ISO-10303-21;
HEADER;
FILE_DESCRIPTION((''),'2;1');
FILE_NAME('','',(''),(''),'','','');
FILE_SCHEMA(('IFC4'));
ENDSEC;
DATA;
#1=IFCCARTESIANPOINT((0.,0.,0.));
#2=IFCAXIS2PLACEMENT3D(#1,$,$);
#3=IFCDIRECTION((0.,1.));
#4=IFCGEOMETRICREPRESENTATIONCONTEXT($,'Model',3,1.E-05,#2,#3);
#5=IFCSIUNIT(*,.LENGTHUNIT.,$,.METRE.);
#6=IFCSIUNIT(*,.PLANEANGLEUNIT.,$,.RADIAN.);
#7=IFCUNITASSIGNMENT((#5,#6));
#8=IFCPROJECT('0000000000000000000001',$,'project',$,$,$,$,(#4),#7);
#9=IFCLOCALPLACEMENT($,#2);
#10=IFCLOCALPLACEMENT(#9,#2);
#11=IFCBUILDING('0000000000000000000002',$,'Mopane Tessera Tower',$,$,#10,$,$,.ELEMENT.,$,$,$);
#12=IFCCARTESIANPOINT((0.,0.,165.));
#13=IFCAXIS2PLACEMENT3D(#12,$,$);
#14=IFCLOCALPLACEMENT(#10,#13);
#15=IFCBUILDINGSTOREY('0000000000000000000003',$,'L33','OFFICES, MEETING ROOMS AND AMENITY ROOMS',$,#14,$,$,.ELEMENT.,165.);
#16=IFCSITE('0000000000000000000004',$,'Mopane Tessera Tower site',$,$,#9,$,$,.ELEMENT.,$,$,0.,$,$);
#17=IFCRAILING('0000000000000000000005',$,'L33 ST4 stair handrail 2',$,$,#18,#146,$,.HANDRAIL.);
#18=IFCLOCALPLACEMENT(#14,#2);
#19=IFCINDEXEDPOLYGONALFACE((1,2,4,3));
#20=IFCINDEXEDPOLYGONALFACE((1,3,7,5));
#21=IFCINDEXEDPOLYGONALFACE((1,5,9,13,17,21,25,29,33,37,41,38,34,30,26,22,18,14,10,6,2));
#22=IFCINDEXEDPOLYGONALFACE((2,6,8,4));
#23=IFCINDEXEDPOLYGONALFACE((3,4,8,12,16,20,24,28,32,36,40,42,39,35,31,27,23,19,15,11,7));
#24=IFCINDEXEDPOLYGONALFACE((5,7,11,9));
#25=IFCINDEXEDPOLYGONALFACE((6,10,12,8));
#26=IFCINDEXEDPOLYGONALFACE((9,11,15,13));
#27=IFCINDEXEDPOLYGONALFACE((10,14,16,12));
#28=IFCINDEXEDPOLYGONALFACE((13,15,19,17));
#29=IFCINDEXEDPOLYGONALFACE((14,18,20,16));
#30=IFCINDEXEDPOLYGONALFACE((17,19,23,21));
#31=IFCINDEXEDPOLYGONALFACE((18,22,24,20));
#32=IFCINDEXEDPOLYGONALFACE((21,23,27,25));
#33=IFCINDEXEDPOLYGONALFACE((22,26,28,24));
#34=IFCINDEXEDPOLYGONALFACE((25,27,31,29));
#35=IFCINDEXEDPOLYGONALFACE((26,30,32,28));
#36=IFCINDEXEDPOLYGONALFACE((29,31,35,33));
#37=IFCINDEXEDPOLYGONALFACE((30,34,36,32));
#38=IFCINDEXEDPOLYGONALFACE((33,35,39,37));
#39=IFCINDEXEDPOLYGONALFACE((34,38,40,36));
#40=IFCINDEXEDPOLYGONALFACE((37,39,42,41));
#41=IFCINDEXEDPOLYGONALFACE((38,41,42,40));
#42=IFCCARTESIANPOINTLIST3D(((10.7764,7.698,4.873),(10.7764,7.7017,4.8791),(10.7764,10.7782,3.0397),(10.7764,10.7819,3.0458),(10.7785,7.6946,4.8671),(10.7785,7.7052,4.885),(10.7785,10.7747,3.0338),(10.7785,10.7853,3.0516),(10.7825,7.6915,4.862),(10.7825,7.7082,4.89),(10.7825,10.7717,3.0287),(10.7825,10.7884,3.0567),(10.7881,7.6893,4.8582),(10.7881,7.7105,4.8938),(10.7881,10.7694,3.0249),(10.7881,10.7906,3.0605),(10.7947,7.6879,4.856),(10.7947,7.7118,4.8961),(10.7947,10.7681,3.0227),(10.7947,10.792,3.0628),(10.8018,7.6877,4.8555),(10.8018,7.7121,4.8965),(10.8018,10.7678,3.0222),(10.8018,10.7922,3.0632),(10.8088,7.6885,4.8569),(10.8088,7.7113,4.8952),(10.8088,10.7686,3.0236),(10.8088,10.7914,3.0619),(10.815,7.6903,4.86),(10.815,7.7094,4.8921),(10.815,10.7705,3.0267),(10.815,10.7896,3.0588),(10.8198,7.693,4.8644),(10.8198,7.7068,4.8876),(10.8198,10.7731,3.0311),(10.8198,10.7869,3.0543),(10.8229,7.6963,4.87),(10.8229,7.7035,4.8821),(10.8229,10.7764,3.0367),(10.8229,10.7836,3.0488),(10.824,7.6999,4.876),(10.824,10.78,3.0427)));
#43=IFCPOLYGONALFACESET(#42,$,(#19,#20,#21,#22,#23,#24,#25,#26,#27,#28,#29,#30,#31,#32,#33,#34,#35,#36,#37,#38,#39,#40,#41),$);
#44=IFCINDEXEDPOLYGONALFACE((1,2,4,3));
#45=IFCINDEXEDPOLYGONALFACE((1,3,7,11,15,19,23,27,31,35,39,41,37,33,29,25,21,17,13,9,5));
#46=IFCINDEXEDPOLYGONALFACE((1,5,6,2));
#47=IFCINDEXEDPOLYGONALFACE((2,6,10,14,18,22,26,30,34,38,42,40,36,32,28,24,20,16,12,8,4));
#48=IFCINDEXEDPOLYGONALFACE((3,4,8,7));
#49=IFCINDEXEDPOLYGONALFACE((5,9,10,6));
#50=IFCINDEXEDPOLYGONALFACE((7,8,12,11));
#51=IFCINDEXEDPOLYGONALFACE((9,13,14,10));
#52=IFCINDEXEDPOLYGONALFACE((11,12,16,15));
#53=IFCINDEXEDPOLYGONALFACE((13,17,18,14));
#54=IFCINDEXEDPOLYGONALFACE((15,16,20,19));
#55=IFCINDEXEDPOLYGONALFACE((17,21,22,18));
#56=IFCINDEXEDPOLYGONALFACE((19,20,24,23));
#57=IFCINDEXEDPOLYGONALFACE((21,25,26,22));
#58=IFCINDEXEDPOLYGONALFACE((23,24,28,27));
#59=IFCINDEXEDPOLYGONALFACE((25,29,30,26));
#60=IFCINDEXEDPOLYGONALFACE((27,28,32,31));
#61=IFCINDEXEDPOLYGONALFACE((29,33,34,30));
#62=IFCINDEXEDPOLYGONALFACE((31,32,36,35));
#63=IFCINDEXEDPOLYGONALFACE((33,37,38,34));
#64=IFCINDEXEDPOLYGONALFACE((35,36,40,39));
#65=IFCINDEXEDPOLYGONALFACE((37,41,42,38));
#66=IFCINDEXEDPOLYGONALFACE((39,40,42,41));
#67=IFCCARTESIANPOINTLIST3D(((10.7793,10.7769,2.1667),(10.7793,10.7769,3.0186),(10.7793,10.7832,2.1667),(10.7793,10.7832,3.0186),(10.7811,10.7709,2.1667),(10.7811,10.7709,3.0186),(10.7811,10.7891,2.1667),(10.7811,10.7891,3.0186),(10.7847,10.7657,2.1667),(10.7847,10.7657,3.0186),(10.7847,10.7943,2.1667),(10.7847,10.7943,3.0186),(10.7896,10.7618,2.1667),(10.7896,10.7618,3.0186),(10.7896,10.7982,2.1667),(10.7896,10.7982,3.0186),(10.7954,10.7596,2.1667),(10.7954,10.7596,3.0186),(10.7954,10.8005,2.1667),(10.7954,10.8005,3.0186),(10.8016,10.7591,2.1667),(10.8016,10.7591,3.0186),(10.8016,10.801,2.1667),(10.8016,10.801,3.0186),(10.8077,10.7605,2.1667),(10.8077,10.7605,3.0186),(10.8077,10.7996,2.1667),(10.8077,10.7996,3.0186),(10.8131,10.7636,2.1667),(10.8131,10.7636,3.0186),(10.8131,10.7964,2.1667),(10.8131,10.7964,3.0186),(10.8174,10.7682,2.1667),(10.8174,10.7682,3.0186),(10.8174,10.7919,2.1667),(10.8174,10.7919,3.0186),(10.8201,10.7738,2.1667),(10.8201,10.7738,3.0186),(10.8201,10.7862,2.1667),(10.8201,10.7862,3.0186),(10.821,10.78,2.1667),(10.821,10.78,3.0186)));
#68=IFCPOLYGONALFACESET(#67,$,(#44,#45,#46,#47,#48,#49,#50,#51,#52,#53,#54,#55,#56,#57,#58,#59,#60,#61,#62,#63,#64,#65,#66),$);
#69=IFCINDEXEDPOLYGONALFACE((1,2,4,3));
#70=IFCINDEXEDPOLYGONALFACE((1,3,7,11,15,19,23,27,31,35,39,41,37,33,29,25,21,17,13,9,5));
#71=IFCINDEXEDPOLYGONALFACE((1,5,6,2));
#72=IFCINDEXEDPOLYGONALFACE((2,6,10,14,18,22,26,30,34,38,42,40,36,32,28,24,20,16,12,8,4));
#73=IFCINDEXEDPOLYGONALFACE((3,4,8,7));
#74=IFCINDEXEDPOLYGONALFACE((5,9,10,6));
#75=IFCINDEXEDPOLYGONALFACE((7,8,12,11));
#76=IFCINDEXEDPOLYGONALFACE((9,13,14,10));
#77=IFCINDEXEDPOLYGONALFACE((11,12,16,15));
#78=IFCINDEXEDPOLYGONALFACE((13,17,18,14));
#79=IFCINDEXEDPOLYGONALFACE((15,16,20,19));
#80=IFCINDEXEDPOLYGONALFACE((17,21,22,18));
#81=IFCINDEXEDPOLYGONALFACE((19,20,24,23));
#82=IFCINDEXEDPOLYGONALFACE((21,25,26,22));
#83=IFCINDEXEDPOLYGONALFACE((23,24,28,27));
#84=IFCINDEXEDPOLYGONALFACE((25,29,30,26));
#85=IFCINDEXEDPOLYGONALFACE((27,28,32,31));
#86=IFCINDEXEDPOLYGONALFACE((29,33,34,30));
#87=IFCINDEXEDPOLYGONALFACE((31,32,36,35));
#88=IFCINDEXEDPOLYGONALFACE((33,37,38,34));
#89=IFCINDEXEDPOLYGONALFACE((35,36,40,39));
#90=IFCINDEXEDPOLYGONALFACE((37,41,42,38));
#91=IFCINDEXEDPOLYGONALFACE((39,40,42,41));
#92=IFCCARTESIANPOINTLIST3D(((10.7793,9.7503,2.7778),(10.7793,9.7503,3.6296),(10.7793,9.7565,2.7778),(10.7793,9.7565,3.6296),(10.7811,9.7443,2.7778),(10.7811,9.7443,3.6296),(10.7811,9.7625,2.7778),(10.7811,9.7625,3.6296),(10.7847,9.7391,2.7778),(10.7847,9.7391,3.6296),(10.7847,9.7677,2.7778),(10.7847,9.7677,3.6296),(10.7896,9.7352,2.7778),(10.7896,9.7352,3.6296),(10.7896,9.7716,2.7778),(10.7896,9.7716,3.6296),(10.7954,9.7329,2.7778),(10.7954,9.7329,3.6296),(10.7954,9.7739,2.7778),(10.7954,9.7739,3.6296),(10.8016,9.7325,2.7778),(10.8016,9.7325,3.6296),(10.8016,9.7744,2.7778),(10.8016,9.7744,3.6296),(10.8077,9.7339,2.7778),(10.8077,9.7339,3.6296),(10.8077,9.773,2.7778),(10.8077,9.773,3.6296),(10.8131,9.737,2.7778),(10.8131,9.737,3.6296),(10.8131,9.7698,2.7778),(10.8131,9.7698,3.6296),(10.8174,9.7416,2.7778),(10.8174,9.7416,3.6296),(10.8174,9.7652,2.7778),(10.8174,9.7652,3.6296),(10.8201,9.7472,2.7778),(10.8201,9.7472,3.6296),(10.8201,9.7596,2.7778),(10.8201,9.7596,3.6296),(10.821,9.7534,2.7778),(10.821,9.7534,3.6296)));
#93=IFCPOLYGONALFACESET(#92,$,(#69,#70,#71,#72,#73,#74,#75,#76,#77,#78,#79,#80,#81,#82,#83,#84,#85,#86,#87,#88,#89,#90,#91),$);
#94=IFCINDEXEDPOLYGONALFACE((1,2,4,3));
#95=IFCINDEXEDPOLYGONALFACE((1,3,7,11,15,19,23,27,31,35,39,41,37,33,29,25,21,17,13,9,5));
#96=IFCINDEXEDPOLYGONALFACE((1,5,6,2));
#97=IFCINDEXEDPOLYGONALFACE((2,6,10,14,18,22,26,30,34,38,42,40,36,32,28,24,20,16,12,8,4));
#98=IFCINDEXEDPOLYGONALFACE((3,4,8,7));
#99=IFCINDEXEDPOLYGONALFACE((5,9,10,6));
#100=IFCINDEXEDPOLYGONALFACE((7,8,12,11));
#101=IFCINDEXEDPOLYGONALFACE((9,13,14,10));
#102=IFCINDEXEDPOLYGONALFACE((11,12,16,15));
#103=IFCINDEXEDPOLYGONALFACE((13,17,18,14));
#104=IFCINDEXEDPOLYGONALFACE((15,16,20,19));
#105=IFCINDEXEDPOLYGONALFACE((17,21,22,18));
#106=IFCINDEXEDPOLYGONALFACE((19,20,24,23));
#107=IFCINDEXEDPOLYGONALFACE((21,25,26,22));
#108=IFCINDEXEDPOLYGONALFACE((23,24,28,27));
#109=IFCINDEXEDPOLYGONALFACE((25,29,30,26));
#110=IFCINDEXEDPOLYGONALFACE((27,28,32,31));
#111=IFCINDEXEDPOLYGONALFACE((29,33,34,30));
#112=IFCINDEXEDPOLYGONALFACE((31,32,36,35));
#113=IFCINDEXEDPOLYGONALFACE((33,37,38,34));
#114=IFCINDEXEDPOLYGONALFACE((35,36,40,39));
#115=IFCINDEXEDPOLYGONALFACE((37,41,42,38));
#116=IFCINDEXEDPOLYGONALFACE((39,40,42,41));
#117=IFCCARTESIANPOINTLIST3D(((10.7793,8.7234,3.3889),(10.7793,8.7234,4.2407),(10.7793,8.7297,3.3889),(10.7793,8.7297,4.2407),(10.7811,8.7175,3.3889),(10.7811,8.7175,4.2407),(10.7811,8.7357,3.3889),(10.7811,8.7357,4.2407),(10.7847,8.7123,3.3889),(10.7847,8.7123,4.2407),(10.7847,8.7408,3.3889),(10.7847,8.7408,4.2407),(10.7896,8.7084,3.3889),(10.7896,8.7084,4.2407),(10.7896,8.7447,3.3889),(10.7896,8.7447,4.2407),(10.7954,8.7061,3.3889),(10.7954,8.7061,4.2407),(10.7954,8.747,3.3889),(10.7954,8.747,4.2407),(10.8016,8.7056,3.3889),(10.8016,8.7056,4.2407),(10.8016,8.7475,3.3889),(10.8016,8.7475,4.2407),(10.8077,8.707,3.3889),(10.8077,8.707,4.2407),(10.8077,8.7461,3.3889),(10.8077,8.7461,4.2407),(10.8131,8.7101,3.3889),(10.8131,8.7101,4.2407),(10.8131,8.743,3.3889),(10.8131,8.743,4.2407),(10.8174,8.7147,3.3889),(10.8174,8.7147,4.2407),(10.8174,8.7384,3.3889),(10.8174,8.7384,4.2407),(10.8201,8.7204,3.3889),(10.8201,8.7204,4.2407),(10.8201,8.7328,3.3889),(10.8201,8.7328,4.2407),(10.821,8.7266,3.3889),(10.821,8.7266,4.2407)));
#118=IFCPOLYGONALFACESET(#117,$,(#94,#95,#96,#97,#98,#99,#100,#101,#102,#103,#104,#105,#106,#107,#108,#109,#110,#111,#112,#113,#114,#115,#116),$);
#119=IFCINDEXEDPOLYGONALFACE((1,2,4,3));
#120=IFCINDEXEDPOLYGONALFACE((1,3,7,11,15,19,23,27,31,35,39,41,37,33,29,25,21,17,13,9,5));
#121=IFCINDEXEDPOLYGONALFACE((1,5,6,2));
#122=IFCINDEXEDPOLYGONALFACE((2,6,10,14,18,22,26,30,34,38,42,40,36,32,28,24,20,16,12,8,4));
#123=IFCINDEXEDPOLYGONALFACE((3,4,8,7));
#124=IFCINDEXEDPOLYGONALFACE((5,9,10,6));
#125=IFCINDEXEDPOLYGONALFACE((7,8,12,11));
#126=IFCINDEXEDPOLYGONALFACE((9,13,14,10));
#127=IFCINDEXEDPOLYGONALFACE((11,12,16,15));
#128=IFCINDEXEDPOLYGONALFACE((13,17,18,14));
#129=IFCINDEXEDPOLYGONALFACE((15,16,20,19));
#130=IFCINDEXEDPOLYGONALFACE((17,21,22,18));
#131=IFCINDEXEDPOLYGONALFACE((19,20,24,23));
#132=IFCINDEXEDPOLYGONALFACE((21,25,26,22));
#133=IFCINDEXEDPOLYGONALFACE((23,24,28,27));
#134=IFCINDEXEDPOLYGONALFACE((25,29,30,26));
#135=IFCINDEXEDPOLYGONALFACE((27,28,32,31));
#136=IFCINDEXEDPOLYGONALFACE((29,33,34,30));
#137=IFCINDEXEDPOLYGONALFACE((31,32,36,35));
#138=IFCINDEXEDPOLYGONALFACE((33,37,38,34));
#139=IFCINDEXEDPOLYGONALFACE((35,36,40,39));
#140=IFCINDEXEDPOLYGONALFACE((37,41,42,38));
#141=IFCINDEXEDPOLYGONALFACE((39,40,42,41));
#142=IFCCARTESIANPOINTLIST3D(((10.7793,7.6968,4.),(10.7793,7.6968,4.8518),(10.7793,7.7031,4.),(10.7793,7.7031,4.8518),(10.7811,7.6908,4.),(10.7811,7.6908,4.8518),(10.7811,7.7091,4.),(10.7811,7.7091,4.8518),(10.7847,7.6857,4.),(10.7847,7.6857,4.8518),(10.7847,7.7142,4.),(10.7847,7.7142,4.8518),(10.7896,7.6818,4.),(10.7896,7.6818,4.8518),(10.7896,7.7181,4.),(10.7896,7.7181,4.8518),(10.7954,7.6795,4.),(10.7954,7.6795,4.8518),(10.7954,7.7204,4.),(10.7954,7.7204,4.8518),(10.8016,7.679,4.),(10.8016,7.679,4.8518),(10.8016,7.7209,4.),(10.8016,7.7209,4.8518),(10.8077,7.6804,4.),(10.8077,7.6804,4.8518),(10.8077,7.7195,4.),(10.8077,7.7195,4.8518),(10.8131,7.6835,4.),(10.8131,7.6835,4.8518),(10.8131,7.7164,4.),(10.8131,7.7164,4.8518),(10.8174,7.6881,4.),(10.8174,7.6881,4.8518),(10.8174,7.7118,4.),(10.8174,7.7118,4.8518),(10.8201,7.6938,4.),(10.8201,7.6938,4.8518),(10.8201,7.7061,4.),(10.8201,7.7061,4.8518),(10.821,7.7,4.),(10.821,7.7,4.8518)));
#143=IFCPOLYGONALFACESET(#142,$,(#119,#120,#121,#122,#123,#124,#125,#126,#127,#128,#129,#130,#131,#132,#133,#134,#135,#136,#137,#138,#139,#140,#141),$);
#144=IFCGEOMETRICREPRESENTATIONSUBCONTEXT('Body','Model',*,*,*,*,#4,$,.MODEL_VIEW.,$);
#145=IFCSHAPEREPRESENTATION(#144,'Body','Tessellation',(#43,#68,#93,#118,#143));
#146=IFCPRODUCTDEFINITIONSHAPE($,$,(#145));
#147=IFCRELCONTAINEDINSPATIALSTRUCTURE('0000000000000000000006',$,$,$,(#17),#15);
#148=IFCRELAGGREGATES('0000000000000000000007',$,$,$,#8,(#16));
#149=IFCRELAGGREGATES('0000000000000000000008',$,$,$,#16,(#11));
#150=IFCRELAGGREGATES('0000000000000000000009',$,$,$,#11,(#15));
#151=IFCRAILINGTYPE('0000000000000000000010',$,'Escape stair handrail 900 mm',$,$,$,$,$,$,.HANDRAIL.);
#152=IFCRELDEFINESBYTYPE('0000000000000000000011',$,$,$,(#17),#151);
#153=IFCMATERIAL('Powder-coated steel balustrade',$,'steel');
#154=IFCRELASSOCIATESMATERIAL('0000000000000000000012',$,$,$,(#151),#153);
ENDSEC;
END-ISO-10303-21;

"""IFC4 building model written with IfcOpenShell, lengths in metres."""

from ifc_helpers import new_model, si_unit, direction, frame, origin, origin_2d, place, context, subcontext, project, spatial, circle, extrude, material, type_object, element, save


model = new_model("IFC4")

# Units and contexts
model_context = context("Model", 3, precision=1e-05, world=origin(), true_north=direction((0.0, 1.0)))
body_context = subcontext(model_context, "Body", "Model", "MODEL_VIEW")
ifc_project = project(units=[si_unit("LENGTHUNIT", "METRE"), si_unit("PLANEANGLEUNIT", "RADIAN")], contexts=[model_context])

# Site, building, storey
site_placement = place(None, origin())
site = spatial("IfcSite", under=ifc_project, at=site_placement, Name="Mopane Tessera Tower site", CompositionType="ELEMENT", RefElevation=0.0)
building_placement = place(site_placement, origin())
building = spatial("IfcBuilding", under=site, at=building_placement, Name="Mopane Tessera Tower", CompositionType="ELEMENT")
storey_placement = place(building_placement, frame((0.0, 0.0, 165.0)))
storey = spatial("IfcBuildingStorey", under=building, at=storey_placement, Name="L33", Description="OFFICES, MEETING ROOMS AND AMENITY ROOMS", CompositionType="ELEMENT", Elevation=165.0)

# Railing
ifc_material_1 = material(Name="Powder-coated steel balustrade", Category="steel")
railing_type_1 = type_object("IfcRailingType", Name="Escape stair handrail 900 mm", PredefinedType="HANDRAIL", material=ifc_material_1)
railing_1_placement = place(storey_placement, frame((10.8, 10.78, 2.1667)))
element("IfcRailing", 1, at=railing_1_placement, inside=storey, type_object=railing_type_1, Name="L33 ST4 stair handrail 2", PredefinedType="HANDRAIL", context=body_context, shape_type="SweptSolid", body=[
    extrude(circle(Radius=0.0239, at=origin_2d()), frame((0.0, 0.0, 0.876), z_axis=(0.0, -0.859309, 0.511458), x_axis=(1.0, 0.0, 0.0)), (0.0, 0.0, 1.0), 3.5845),
    extrude(circle(Radius=0.021, at=origin_2d()), origin(), (0.0, 0.0, 1.0), 0.8518),
    extrude(circle(Radius=0.021, at=origin_2d()), frame((0.0, -1.0266, 0.6111)), (0.0, 0.0, 1.0), 0.8518),
    extrude(circle(Radius=0.021, at=origin_2d()), frame((0.0, -2.0535, 1.2222)), (0.0, 0.0, 1.0), 0.8518),
    extrude(circle(Radius=0.021, at=origin_2d()), frame((0.0, -3.0801, 1.8333)), (0.0, 0.0, 1.0), 0.8518),
])

save(model, "model.ifc")
